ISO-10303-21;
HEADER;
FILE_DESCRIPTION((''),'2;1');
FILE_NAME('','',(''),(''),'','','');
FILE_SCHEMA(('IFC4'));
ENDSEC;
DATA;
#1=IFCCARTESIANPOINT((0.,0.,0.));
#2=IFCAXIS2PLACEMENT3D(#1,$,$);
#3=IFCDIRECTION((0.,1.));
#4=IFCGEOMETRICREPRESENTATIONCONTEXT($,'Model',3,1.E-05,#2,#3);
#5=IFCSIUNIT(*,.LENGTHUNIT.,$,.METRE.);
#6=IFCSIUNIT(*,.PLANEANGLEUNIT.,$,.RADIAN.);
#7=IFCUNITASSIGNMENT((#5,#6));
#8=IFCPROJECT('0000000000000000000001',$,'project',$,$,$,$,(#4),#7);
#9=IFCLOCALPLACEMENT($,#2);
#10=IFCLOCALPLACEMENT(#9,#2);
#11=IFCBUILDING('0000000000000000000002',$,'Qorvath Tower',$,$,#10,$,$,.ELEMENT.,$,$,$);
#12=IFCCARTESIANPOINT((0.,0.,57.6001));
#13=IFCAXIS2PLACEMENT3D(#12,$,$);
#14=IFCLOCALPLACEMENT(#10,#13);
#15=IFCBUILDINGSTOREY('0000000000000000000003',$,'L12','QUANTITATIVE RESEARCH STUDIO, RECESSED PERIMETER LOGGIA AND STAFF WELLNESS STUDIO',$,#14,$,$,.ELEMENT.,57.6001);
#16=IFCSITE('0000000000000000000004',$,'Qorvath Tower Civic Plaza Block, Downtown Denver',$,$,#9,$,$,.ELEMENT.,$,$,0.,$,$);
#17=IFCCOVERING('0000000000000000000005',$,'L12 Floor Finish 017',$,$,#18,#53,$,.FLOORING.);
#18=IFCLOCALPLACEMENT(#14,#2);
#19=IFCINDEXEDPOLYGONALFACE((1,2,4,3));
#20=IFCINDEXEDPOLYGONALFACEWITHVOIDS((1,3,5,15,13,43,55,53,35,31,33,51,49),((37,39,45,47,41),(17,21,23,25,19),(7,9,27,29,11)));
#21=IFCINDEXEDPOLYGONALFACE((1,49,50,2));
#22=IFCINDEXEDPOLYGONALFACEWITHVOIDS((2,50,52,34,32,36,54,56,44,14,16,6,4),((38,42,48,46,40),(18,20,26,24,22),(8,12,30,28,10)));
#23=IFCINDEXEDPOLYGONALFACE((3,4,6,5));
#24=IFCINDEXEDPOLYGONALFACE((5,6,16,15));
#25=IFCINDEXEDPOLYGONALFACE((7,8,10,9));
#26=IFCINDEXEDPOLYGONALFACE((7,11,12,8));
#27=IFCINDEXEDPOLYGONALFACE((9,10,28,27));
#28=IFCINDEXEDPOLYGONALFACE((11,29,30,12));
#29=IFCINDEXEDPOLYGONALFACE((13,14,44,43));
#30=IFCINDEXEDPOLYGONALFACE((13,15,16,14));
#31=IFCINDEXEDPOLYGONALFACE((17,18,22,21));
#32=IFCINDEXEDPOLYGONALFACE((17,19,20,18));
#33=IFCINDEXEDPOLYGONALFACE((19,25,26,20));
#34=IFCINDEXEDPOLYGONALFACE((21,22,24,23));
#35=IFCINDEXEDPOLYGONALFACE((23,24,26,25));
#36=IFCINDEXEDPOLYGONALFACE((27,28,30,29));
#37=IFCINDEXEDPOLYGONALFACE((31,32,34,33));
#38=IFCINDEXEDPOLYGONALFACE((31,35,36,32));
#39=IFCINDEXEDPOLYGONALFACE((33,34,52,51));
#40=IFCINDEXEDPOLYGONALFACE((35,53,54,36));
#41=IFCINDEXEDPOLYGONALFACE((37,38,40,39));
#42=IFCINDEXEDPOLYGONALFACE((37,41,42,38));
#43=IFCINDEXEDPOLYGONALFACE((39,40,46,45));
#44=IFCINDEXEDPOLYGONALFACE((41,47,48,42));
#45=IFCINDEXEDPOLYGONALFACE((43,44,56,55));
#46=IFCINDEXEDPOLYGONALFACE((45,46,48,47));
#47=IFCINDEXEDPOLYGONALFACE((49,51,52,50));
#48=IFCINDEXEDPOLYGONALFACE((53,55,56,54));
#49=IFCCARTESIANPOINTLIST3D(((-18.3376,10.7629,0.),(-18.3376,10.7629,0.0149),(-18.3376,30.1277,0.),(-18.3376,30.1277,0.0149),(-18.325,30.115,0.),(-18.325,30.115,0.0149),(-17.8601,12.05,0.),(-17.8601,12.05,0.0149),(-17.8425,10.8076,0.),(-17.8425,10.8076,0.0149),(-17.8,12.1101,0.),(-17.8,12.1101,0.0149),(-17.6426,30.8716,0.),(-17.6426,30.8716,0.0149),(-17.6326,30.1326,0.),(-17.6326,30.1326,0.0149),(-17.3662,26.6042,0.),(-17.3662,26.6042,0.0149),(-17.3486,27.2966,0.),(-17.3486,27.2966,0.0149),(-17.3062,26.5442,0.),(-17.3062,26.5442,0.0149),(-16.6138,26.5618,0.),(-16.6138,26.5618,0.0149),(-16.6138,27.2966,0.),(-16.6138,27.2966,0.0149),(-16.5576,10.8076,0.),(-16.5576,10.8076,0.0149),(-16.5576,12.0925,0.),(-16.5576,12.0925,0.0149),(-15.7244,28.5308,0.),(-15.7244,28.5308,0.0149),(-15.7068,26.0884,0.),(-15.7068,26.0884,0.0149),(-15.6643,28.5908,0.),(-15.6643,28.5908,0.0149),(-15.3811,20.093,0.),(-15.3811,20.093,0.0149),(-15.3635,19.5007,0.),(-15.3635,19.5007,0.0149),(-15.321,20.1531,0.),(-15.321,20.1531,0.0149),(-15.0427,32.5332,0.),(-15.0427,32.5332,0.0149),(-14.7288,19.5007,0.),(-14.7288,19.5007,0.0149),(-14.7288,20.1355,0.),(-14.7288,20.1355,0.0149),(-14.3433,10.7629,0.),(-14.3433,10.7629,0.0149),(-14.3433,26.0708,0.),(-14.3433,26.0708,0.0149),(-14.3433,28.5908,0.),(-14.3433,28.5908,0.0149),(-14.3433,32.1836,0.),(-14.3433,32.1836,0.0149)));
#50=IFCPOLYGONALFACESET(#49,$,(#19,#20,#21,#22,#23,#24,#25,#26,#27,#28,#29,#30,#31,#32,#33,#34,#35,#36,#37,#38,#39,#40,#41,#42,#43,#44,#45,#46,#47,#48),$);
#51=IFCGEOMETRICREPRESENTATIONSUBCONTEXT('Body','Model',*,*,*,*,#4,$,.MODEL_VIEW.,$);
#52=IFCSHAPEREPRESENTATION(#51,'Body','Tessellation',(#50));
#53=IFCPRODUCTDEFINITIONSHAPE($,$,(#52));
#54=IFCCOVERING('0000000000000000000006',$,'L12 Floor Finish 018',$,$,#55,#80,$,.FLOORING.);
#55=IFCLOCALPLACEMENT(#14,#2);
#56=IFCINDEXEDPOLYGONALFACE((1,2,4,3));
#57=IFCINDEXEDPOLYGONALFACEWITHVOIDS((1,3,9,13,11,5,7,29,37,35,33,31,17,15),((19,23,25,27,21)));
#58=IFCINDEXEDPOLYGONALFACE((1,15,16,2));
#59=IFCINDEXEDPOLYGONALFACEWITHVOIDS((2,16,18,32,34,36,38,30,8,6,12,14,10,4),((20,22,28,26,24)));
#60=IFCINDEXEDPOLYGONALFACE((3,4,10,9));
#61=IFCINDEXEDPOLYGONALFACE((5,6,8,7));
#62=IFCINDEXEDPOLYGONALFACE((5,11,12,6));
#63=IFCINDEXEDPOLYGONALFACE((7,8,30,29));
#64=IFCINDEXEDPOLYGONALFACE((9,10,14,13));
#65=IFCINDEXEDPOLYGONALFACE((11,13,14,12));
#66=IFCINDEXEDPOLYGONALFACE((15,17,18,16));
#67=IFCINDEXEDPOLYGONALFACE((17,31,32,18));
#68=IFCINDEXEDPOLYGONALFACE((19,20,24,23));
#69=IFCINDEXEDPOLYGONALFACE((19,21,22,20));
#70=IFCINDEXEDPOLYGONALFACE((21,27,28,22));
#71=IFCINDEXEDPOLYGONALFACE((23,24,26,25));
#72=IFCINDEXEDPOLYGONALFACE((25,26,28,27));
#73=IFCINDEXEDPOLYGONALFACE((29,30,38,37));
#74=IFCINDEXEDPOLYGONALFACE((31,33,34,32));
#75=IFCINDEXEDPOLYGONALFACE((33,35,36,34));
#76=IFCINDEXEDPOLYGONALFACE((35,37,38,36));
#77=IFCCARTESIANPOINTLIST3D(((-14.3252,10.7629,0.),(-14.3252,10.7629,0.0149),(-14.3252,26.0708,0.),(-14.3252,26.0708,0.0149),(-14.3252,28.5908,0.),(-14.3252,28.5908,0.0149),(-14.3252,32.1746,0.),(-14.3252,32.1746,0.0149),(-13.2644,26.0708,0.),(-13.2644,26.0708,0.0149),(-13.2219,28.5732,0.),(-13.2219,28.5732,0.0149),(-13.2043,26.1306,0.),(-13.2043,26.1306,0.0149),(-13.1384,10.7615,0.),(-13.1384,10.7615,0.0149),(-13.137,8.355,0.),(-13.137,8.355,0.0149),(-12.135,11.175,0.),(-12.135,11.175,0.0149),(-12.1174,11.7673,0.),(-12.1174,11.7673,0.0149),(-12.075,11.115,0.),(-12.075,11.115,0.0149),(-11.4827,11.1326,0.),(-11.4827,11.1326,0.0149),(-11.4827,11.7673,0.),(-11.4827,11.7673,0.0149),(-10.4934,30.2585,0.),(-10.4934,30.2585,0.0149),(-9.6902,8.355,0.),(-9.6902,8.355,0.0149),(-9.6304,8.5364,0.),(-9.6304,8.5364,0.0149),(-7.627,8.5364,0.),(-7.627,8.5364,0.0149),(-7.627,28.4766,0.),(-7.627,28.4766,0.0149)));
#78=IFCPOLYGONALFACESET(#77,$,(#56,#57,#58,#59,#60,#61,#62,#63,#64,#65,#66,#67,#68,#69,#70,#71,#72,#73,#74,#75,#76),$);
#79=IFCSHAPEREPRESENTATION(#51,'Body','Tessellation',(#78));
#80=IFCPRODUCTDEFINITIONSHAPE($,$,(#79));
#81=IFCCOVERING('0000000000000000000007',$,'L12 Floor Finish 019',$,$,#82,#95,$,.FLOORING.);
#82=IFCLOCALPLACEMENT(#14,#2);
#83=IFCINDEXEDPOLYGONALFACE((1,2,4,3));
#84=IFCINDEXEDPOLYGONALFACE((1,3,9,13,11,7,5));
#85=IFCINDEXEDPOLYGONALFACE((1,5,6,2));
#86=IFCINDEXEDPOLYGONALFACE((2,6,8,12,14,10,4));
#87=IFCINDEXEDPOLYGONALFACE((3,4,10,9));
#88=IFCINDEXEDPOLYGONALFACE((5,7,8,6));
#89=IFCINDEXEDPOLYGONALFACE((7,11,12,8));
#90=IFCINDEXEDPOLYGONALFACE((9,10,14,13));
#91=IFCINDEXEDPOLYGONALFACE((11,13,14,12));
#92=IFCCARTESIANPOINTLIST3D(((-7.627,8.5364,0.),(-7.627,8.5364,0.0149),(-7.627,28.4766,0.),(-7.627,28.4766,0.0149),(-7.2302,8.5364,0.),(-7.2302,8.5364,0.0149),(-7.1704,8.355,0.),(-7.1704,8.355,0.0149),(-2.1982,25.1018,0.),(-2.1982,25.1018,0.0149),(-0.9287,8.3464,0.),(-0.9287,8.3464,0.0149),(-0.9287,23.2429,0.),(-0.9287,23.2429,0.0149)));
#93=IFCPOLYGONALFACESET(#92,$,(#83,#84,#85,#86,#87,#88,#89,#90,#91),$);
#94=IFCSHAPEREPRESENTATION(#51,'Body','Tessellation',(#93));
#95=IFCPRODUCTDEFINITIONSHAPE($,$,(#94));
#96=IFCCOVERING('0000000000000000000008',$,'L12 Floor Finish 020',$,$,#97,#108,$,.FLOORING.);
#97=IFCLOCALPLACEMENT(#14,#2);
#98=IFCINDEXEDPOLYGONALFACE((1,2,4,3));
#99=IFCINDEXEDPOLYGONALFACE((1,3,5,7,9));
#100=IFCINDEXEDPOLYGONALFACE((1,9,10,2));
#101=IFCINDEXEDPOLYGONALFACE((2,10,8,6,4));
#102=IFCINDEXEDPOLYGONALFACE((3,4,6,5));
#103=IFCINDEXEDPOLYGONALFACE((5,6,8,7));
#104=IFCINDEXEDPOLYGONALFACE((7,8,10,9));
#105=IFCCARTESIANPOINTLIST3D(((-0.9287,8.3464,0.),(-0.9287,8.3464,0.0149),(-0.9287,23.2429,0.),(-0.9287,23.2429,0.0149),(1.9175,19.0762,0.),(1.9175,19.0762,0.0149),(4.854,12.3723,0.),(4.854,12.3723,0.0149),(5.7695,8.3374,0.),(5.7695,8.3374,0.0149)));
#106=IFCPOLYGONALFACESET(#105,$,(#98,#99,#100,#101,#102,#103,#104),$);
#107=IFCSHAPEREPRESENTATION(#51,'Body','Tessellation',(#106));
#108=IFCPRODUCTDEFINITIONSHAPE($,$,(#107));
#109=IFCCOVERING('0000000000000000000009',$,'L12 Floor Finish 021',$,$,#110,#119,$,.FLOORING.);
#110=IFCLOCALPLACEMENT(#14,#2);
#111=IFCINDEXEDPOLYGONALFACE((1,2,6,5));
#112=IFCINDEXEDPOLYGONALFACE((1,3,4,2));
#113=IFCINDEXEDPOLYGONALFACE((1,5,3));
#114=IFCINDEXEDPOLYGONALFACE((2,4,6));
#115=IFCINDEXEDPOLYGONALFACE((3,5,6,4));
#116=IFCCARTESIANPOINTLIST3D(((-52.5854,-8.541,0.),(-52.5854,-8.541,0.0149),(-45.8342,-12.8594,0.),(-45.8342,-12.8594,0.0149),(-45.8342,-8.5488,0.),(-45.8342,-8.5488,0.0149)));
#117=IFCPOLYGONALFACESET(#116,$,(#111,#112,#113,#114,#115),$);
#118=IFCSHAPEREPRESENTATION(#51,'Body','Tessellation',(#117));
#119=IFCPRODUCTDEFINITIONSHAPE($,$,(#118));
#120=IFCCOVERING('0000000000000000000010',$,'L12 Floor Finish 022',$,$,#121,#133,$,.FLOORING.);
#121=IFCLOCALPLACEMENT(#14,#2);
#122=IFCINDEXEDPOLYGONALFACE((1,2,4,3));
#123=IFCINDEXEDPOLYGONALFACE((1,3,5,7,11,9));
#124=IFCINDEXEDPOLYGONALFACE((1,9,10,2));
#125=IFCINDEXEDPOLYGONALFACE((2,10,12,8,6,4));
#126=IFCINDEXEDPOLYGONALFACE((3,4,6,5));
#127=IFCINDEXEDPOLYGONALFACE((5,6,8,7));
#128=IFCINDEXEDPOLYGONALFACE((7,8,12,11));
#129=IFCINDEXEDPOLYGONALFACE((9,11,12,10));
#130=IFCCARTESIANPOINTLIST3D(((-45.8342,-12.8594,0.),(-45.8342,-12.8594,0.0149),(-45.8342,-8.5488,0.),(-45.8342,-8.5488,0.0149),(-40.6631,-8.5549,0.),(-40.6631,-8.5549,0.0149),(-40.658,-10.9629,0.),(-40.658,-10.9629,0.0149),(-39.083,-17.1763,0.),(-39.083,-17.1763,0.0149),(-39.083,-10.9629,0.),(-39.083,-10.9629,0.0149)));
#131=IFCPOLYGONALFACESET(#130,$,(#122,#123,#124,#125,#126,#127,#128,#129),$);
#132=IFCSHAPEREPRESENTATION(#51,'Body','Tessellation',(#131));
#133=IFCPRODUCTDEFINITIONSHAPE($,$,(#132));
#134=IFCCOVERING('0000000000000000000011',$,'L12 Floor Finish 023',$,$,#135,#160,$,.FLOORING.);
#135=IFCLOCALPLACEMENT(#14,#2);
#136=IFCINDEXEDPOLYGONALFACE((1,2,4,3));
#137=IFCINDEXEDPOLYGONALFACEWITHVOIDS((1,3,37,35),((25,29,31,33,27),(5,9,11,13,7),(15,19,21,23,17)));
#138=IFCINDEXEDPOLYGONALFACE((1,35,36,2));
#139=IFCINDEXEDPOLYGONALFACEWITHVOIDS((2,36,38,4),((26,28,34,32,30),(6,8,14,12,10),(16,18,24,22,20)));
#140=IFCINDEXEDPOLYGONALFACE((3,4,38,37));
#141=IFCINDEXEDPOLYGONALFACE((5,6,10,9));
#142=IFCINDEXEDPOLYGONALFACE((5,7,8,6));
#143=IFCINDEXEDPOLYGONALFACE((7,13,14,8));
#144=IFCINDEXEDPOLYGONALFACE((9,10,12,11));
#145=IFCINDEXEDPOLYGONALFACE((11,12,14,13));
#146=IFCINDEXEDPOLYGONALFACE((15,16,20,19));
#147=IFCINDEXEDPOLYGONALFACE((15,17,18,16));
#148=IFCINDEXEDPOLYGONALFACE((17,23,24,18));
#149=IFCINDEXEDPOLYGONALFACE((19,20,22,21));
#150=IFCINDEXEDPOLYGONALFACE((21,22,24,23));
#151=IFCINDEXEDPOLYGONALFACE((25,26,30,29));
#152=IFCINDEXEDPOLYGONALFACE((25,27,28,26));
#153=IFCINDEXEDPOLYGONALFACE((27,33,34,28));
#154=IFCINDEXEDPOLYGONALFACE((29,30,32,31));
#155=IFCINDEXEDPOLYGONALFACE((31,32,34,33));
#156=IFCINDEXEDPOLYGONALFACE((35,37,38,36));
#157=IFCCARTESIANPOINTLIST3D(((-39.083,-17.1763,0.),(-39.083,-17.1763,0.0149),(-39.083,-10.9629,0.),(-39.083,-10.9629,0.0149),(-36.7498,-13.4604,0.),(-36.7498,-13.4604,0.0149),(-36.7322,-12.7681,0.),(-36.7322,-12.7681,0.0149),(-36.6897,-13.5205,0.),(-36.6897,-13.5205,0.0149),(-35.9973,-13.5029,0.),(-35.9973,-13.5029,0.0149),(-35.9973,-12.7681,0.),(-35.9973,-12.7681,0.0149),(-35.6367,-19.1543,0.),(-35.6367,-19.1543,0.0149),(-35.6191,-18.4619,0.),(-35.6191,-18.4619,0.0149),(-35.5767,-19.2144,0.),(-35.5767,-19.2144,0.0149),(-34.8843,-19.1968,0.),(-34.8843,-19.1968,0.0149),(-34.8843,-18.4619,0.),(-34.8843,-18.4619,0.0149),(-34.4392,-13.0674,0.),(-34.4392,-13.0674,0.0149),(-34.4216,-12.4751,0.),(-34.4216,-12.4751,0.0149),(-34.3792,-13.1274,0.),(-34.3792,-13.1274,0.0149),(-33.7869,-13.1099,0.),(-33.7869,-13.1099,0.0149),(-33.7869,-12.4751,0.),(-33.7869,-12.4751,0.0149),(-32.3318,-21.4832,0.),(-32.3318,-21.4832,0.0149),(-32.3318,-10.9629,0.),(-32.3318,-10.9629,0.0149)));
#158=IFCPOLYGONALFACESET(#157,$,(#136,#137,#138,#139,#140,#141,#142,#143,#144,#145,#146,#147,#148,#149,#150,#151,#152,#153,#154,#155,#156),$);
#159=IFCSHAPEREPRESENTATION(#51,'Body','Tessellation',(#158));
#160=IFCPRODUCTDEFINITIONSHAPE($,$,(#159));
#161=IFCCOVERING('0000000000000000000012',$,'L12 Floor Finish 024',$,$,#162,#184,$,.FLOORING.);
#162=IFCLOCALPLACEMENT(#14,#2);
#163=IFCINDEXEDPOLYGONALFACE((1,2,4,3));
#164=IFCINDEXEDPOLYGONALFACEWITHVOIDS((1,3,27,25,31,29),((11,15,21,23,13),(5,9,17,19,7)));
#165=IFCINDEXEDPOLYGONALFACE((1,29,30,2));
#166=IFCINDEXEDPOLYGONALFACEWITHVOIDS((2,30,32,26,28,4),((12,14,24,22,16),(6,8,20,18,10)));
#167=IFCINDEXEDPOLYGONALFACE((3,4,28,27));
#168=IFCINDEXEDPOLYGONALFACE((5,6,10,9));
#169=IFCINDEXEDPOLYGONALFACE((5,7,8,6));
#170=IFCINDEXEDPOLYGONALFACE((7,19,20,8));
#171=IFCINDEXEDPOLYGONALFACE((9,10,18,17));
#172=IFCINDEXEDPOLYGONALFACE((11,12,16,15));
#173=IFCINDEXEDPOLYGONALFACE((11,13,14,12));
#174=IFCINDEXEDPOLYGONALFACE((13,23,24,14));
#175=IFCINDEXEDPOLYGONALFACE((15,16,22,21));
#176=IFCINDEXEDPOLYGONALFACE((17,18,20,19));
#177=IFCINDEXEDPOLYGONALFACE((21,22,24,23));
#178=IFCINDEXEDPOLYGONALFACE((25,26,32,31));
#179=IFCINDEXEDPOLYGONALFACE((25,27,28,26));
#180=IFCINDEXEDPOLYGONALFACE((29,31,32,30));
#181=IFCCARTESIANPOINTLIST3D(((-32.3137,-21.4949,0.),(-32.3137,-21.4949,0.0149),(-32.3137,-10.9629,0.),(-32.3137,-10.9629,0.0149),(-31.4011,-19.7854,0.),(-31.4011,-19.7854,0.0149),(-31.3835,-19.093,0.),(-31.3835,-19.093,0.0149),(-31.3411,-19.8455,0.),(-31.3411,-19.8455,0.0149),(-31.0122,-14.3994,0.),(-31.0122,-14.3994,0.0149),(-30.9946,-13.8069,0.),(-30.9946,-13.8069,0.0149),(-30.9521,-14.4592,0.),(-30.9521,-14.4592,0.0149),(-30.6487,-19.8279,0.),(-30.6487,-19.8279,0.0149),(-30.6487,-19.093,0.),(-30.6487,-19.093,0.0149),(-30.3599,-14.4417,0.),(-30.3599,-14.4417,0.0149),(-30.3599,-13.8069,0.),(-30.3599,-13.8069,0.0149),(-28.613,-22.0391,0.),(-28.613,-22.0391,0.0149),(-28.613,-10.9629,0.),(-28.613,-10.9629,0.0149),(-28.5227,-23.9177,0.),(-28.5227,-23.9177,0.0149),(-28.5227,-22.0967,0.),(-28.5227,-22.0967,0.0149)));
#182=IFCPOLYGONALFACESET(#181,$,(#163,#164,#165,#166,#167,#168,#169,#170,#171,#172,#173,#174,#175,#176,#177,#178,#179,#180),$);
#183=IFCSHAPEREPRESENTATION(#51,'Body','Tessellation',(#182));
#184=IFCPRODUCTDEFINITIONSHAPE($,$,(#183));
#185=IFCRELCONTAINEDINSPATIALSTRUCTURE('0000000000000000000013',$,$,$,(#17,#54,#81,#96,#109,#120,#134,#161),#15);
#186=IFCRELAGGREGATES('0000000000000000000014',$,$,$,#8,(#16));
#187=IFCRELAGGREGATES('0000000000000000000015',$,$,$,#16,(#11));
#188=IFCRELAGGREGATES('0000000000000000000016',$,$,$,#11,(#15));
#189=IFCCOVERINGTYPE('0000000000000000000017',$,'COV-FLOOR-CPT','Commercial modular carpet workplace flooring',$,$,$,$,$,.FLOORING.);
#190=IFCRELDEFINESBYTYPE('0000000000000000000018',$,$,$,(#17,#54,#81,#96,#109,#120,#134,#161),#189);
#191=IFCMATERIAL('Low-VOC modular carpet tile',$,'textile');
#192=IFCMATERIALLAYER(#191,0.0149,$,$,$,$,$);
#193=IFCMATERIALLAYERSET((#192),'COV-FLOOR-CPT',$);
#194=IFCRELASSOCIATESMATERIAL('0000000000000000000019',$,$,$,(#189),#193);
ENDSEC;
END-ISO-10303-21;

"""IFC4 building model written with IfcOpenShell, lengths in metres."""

from ifc_helpers import new_model, si_unit, direction, frame, origin, place, context, subcontext, project, spatial, polyline, outline, extrude, material, layer, layer_set, type_object, element, save


model = new_model("IFC4")

# Units and contexts
model_context = context("Model", 3, precision=1e-05, world=origin(), true_north=direction((0.0, 1.0)))
body_context = subcontext(model_context, "Body", "Model", "MODEL_VIEW")
ifc_project = project(units=[si_unit("LENGTHUNIT", "METRE"), si_unit("PLANEANGLEUNIT", "RADIAN")], contexts=[model_context])

# Site, building, storey
site_placement = place(None, origin())
site = spatial("IfcSite", under=ifc_project, at=site_placement, Name="Qorvath Tower Civic Plaza Block, Downtown Denver", CompositionType="ELEMENT", RefElevation=0.0)
building_placement = place(site_placement, origin())
building = spatial("IfcBuilding", under=site, at=building_placement, Name="Qorvath Tower", CompositionType="ELEMENT")
storey_placement = place(building_placement, frame((0.0, 0.0, 57.6001)))
storey = spatial("IfcBuildingStorey", under=building, at=storey_placement, Name="L12", Description="QUANTITATIVE RESEARCH STUDIO, RECESSED PERIMETER LOGGIA AND STAFF WELLNESS STUDIO", CompositionType="ELEMENT", Elevation=57.6001)

# Coverings
ifc_material_1 = material(Name="Low-VOC modular carpet tile", Category="textile")
ifc_layer_1 = layer(ifc_material_1, 0.0149)
ifc_layer_set_1 = layer_set([ifc_layer_1], Name="COV-FLOOR-CPT")
covering_type_1 = type_object("IfcCoveringType", Name="COV-FLOOR-CPT", Description="Commercial modular carpet workplace flooring", PredefinedType="FLOORING", material=ifc_layer_set_1)
covering_1_placement = place(storey_placement, origin())
element("IfcCovering", 1, at=covering_1_placement, inside=storey, type_object=covering_type_1, Name="L12 Floor Finish 017", PredefinedType="FLOORING", context=body_context, shape_type="SweptSolid", body=[
    extrude(outline(polyline([(-14.3433, 32.1836), (-15.0427, 32.5332), (-17.6426, 30.8716), (-17.6326, 30.1326), (-18.325, 30.115), (-18.3376, 30.1277), (-18.3376, 10.7629), (-14.3433, 10.7629), (-14.3433, 26.0708), (-15.7068, 26.0884), (-15.7244, 28.5308), (-15.6643, 28.5908), (-14.3433, 28.5908), (-14.3433, 32.1836)]), holes=[polyline([(-15.3811, 20.093), (-15.321, 20.1531), (-14.7288, 20.1355), (-14.7288, 19.5007), (-15.3635, 19.5007), (-15.3811, 20.093)]), polyline([(-17.8601, 12.05), (-17.8, 12.1101), (-16.5576, 12.0925), (-16.5576, 10.8076), (-17.8425, 10.8076), (-17.8601, 12.05)]), polyline([(-17.3662, 26.6042), (-17.3486, 27.2966), (-16.6138, 27.2966), (-16.6138, 26.5618), (-17.3062, 26.5442), (-17.3662, 26.6042)])]), origin(), (0.0, 0.0, 1.0), 0.0149),
])
covering_2_placement = place(storey_placement, origin())
element("IfcCovering", 2, at=covering_2_placement, inside=storey, type_object=covering_type_1, Name="L12 Floor Finish 018", PredefinedType="FLOORING", context=body_context, shape_type="SweptSolid", body=[
    extrude(outline(polyline([(-7.627, 8.5364), (-7.627, 28.4766), (-10.4934, 30.2585), (-14.3252, 32.1746), (-14.3252, 28.5908), (-13.2219, 28.5732), (-13.2043, 26.1306), (-13.2644, 26.0708), (-14.3252, 26.0708), (-14.3252, 10.7629), (-13.1384, 10.7615), (-13.137, 8.355), (-9.6902, 8.355), (-9.6304, 8.5364), (-7.627, 8.5364)]), holes=[polyline([(-12.135, 11.175), (-12.1174, 11.7673), (-11.4827, 11.7673), (-11.4827, 11.1326), (-12.075, 11.115), (-12.135, 11.175)])]), origin(), (0.0, 0.0, 1.0), 0.0149),
])
covering_3_placement = place(storey_placement, origin())
element("IfcCovering", 3, at=covering_3_placement, inside=storey, type_object=covering_type_1, Name="L12 Floor Finish 019", PredefinedType="FLOORING", context=body_context, shape_type="SweptSolid", body=[
    extrude(outline(polyline([(-0.9287, 8.3464), (-0.9287, 23.2429), (-2.1982, 25.1018), (-7.627, 28.4766), (-7.627, 8.5364), (-7.2302, 8.5364), (-7.1704, 8.355), (-0.9287, 8.3464)])), origin(), (0.0, 0.0, 1.0), 0.0149),
])
covering_4_placement = place(storey_placement, origin())
element("IfcCovering", 4, at=covering_4_placement, inside=storey, type_object=covering_type_1, Name="L12 Floor Finish 020", PredefinedType="FLOORING", context=body_context, shape_type="SweptSolid", body=[
    extrude(outline(polyline([(5.7695, 8.3374), (4.854, 12.3723), (1.9175, 19.0762), (-0.9287, 23.2429), (-0.9287, 8.3464), (5.7695, 8.3374)])), origin(), (0.0, 0.0, 1.0), 0.0149),
])
covering_5_placement = place(storey_placement, origin())
element("IfcCovering", 5, at=covering_5_placement, inside=storey, type_object=covering_type_1, Name="L12 Floor Finish 021", PredefinedType="FLOORING", context=body_context, shape_type="SweptSolid", body=[
    extrude(outline(polyline([(-45.8342, -12.8594), (-45.8342, -8.5488), (-52.5854, -8.541), (-45.8342, -12.8594)])), origin(), (0.0, 0.0, 1.0), 0.0149),
])
covering_6_placement = place(storey_placement, origin())
element("IfcCovering", 6, at=covering_6_placement, inside=storey, type_object=covering_type_1, Name="L12 Floor Finish 022", PredefinedType="FLOORING", context=body_context, shape_type="SweptSolid", body=[
    extrude(outline(polyline([(-39.083, -10.9629), (-40.658, -10.9629), (-40.6631, -8.5549), (-45.8342, -8.5488), (-45.8342, -12.8594), (-39.083, -17.1763), (-39.083, -10.9629)])), origin(), (0.0, 0.0, 1.0), 0.0149),
])
covering_7_placement = place(storey_placement, origin())
element("IfcCovering", 7, at=covering_7_placement, inside=storey, type_object=covering_type_1, Name="L12 Floor Finish 023", PredefinedType="FLOORING", context=body_context, shape_type="SweptSolid", body=[
    extrude(outline(polyline([(-32.3318, -21.4832), (-32.3318, -10.9629), (-39.083, -10.9629), (-39.083, -17.1763), (-32.3318, -21.4832)]), holes=[polyline([(-34.4392, -13.0674), (-34.4216, -12.4751), (-33.7869, -12.4751), (-33.7869, -13.1099), (-34.3792, -13.1274), (-34.4392, -13.0674)]), polyline([(-35.6367, -19.1543), (-35.6191, -18.4619), (-34.8843, -18.4619), (-34.8843, -19.1968), (-35.5767, -19.2144), (-35.6367, -19.1543)]), polyline([(-36.7498, -13.4604), (-36.7322, -12.7681), (-35.9973, -12.7681), (-35.9973, -13.5029), (-36.6897, -13.5205), (-36.7498, -13.4604)])]), origin(), (0.0, 0.0, 1.0), 0.0149),
])
covering_8_placement = place(storey_placement, origin())
element("IfcCovering", 8, at=covering_8_placement, inside=storey, type_object=covering_type_1, Name="L12 Floor Finish 024", PredefinedType="FLOORING", context=body_context, shape_type="SweptSolid", body=[
    extrude(outline(polyline([(-28.5227, -23.9177), (-28.5227, -22.0967), (-28.613, -22.0391), (-28.613, -10.9629), (-32.3137, -10.9629), (-32.3137, -21.4949), (-28.5227, -23.9177)]), holes=[polyline([(-31.0122, -14.3994), (-30.9946, -13.8069), (-30.3599, -13.8069), (-30.3599, -14.4417), (-30.9521, -14.4592), (-31.0122, -14.3994)]), polyline([(-31.4011, -19.7854), (-31.3835, -19.093), (-30.6487, -19.093), (-30.6487, -19.8279), (-31.3411, -19.8455), (-31.4011, -19.7854)])]), origin(), (0.0, 0.0, 1.0), 0.0149),
])

save(model, "model.ifc")
